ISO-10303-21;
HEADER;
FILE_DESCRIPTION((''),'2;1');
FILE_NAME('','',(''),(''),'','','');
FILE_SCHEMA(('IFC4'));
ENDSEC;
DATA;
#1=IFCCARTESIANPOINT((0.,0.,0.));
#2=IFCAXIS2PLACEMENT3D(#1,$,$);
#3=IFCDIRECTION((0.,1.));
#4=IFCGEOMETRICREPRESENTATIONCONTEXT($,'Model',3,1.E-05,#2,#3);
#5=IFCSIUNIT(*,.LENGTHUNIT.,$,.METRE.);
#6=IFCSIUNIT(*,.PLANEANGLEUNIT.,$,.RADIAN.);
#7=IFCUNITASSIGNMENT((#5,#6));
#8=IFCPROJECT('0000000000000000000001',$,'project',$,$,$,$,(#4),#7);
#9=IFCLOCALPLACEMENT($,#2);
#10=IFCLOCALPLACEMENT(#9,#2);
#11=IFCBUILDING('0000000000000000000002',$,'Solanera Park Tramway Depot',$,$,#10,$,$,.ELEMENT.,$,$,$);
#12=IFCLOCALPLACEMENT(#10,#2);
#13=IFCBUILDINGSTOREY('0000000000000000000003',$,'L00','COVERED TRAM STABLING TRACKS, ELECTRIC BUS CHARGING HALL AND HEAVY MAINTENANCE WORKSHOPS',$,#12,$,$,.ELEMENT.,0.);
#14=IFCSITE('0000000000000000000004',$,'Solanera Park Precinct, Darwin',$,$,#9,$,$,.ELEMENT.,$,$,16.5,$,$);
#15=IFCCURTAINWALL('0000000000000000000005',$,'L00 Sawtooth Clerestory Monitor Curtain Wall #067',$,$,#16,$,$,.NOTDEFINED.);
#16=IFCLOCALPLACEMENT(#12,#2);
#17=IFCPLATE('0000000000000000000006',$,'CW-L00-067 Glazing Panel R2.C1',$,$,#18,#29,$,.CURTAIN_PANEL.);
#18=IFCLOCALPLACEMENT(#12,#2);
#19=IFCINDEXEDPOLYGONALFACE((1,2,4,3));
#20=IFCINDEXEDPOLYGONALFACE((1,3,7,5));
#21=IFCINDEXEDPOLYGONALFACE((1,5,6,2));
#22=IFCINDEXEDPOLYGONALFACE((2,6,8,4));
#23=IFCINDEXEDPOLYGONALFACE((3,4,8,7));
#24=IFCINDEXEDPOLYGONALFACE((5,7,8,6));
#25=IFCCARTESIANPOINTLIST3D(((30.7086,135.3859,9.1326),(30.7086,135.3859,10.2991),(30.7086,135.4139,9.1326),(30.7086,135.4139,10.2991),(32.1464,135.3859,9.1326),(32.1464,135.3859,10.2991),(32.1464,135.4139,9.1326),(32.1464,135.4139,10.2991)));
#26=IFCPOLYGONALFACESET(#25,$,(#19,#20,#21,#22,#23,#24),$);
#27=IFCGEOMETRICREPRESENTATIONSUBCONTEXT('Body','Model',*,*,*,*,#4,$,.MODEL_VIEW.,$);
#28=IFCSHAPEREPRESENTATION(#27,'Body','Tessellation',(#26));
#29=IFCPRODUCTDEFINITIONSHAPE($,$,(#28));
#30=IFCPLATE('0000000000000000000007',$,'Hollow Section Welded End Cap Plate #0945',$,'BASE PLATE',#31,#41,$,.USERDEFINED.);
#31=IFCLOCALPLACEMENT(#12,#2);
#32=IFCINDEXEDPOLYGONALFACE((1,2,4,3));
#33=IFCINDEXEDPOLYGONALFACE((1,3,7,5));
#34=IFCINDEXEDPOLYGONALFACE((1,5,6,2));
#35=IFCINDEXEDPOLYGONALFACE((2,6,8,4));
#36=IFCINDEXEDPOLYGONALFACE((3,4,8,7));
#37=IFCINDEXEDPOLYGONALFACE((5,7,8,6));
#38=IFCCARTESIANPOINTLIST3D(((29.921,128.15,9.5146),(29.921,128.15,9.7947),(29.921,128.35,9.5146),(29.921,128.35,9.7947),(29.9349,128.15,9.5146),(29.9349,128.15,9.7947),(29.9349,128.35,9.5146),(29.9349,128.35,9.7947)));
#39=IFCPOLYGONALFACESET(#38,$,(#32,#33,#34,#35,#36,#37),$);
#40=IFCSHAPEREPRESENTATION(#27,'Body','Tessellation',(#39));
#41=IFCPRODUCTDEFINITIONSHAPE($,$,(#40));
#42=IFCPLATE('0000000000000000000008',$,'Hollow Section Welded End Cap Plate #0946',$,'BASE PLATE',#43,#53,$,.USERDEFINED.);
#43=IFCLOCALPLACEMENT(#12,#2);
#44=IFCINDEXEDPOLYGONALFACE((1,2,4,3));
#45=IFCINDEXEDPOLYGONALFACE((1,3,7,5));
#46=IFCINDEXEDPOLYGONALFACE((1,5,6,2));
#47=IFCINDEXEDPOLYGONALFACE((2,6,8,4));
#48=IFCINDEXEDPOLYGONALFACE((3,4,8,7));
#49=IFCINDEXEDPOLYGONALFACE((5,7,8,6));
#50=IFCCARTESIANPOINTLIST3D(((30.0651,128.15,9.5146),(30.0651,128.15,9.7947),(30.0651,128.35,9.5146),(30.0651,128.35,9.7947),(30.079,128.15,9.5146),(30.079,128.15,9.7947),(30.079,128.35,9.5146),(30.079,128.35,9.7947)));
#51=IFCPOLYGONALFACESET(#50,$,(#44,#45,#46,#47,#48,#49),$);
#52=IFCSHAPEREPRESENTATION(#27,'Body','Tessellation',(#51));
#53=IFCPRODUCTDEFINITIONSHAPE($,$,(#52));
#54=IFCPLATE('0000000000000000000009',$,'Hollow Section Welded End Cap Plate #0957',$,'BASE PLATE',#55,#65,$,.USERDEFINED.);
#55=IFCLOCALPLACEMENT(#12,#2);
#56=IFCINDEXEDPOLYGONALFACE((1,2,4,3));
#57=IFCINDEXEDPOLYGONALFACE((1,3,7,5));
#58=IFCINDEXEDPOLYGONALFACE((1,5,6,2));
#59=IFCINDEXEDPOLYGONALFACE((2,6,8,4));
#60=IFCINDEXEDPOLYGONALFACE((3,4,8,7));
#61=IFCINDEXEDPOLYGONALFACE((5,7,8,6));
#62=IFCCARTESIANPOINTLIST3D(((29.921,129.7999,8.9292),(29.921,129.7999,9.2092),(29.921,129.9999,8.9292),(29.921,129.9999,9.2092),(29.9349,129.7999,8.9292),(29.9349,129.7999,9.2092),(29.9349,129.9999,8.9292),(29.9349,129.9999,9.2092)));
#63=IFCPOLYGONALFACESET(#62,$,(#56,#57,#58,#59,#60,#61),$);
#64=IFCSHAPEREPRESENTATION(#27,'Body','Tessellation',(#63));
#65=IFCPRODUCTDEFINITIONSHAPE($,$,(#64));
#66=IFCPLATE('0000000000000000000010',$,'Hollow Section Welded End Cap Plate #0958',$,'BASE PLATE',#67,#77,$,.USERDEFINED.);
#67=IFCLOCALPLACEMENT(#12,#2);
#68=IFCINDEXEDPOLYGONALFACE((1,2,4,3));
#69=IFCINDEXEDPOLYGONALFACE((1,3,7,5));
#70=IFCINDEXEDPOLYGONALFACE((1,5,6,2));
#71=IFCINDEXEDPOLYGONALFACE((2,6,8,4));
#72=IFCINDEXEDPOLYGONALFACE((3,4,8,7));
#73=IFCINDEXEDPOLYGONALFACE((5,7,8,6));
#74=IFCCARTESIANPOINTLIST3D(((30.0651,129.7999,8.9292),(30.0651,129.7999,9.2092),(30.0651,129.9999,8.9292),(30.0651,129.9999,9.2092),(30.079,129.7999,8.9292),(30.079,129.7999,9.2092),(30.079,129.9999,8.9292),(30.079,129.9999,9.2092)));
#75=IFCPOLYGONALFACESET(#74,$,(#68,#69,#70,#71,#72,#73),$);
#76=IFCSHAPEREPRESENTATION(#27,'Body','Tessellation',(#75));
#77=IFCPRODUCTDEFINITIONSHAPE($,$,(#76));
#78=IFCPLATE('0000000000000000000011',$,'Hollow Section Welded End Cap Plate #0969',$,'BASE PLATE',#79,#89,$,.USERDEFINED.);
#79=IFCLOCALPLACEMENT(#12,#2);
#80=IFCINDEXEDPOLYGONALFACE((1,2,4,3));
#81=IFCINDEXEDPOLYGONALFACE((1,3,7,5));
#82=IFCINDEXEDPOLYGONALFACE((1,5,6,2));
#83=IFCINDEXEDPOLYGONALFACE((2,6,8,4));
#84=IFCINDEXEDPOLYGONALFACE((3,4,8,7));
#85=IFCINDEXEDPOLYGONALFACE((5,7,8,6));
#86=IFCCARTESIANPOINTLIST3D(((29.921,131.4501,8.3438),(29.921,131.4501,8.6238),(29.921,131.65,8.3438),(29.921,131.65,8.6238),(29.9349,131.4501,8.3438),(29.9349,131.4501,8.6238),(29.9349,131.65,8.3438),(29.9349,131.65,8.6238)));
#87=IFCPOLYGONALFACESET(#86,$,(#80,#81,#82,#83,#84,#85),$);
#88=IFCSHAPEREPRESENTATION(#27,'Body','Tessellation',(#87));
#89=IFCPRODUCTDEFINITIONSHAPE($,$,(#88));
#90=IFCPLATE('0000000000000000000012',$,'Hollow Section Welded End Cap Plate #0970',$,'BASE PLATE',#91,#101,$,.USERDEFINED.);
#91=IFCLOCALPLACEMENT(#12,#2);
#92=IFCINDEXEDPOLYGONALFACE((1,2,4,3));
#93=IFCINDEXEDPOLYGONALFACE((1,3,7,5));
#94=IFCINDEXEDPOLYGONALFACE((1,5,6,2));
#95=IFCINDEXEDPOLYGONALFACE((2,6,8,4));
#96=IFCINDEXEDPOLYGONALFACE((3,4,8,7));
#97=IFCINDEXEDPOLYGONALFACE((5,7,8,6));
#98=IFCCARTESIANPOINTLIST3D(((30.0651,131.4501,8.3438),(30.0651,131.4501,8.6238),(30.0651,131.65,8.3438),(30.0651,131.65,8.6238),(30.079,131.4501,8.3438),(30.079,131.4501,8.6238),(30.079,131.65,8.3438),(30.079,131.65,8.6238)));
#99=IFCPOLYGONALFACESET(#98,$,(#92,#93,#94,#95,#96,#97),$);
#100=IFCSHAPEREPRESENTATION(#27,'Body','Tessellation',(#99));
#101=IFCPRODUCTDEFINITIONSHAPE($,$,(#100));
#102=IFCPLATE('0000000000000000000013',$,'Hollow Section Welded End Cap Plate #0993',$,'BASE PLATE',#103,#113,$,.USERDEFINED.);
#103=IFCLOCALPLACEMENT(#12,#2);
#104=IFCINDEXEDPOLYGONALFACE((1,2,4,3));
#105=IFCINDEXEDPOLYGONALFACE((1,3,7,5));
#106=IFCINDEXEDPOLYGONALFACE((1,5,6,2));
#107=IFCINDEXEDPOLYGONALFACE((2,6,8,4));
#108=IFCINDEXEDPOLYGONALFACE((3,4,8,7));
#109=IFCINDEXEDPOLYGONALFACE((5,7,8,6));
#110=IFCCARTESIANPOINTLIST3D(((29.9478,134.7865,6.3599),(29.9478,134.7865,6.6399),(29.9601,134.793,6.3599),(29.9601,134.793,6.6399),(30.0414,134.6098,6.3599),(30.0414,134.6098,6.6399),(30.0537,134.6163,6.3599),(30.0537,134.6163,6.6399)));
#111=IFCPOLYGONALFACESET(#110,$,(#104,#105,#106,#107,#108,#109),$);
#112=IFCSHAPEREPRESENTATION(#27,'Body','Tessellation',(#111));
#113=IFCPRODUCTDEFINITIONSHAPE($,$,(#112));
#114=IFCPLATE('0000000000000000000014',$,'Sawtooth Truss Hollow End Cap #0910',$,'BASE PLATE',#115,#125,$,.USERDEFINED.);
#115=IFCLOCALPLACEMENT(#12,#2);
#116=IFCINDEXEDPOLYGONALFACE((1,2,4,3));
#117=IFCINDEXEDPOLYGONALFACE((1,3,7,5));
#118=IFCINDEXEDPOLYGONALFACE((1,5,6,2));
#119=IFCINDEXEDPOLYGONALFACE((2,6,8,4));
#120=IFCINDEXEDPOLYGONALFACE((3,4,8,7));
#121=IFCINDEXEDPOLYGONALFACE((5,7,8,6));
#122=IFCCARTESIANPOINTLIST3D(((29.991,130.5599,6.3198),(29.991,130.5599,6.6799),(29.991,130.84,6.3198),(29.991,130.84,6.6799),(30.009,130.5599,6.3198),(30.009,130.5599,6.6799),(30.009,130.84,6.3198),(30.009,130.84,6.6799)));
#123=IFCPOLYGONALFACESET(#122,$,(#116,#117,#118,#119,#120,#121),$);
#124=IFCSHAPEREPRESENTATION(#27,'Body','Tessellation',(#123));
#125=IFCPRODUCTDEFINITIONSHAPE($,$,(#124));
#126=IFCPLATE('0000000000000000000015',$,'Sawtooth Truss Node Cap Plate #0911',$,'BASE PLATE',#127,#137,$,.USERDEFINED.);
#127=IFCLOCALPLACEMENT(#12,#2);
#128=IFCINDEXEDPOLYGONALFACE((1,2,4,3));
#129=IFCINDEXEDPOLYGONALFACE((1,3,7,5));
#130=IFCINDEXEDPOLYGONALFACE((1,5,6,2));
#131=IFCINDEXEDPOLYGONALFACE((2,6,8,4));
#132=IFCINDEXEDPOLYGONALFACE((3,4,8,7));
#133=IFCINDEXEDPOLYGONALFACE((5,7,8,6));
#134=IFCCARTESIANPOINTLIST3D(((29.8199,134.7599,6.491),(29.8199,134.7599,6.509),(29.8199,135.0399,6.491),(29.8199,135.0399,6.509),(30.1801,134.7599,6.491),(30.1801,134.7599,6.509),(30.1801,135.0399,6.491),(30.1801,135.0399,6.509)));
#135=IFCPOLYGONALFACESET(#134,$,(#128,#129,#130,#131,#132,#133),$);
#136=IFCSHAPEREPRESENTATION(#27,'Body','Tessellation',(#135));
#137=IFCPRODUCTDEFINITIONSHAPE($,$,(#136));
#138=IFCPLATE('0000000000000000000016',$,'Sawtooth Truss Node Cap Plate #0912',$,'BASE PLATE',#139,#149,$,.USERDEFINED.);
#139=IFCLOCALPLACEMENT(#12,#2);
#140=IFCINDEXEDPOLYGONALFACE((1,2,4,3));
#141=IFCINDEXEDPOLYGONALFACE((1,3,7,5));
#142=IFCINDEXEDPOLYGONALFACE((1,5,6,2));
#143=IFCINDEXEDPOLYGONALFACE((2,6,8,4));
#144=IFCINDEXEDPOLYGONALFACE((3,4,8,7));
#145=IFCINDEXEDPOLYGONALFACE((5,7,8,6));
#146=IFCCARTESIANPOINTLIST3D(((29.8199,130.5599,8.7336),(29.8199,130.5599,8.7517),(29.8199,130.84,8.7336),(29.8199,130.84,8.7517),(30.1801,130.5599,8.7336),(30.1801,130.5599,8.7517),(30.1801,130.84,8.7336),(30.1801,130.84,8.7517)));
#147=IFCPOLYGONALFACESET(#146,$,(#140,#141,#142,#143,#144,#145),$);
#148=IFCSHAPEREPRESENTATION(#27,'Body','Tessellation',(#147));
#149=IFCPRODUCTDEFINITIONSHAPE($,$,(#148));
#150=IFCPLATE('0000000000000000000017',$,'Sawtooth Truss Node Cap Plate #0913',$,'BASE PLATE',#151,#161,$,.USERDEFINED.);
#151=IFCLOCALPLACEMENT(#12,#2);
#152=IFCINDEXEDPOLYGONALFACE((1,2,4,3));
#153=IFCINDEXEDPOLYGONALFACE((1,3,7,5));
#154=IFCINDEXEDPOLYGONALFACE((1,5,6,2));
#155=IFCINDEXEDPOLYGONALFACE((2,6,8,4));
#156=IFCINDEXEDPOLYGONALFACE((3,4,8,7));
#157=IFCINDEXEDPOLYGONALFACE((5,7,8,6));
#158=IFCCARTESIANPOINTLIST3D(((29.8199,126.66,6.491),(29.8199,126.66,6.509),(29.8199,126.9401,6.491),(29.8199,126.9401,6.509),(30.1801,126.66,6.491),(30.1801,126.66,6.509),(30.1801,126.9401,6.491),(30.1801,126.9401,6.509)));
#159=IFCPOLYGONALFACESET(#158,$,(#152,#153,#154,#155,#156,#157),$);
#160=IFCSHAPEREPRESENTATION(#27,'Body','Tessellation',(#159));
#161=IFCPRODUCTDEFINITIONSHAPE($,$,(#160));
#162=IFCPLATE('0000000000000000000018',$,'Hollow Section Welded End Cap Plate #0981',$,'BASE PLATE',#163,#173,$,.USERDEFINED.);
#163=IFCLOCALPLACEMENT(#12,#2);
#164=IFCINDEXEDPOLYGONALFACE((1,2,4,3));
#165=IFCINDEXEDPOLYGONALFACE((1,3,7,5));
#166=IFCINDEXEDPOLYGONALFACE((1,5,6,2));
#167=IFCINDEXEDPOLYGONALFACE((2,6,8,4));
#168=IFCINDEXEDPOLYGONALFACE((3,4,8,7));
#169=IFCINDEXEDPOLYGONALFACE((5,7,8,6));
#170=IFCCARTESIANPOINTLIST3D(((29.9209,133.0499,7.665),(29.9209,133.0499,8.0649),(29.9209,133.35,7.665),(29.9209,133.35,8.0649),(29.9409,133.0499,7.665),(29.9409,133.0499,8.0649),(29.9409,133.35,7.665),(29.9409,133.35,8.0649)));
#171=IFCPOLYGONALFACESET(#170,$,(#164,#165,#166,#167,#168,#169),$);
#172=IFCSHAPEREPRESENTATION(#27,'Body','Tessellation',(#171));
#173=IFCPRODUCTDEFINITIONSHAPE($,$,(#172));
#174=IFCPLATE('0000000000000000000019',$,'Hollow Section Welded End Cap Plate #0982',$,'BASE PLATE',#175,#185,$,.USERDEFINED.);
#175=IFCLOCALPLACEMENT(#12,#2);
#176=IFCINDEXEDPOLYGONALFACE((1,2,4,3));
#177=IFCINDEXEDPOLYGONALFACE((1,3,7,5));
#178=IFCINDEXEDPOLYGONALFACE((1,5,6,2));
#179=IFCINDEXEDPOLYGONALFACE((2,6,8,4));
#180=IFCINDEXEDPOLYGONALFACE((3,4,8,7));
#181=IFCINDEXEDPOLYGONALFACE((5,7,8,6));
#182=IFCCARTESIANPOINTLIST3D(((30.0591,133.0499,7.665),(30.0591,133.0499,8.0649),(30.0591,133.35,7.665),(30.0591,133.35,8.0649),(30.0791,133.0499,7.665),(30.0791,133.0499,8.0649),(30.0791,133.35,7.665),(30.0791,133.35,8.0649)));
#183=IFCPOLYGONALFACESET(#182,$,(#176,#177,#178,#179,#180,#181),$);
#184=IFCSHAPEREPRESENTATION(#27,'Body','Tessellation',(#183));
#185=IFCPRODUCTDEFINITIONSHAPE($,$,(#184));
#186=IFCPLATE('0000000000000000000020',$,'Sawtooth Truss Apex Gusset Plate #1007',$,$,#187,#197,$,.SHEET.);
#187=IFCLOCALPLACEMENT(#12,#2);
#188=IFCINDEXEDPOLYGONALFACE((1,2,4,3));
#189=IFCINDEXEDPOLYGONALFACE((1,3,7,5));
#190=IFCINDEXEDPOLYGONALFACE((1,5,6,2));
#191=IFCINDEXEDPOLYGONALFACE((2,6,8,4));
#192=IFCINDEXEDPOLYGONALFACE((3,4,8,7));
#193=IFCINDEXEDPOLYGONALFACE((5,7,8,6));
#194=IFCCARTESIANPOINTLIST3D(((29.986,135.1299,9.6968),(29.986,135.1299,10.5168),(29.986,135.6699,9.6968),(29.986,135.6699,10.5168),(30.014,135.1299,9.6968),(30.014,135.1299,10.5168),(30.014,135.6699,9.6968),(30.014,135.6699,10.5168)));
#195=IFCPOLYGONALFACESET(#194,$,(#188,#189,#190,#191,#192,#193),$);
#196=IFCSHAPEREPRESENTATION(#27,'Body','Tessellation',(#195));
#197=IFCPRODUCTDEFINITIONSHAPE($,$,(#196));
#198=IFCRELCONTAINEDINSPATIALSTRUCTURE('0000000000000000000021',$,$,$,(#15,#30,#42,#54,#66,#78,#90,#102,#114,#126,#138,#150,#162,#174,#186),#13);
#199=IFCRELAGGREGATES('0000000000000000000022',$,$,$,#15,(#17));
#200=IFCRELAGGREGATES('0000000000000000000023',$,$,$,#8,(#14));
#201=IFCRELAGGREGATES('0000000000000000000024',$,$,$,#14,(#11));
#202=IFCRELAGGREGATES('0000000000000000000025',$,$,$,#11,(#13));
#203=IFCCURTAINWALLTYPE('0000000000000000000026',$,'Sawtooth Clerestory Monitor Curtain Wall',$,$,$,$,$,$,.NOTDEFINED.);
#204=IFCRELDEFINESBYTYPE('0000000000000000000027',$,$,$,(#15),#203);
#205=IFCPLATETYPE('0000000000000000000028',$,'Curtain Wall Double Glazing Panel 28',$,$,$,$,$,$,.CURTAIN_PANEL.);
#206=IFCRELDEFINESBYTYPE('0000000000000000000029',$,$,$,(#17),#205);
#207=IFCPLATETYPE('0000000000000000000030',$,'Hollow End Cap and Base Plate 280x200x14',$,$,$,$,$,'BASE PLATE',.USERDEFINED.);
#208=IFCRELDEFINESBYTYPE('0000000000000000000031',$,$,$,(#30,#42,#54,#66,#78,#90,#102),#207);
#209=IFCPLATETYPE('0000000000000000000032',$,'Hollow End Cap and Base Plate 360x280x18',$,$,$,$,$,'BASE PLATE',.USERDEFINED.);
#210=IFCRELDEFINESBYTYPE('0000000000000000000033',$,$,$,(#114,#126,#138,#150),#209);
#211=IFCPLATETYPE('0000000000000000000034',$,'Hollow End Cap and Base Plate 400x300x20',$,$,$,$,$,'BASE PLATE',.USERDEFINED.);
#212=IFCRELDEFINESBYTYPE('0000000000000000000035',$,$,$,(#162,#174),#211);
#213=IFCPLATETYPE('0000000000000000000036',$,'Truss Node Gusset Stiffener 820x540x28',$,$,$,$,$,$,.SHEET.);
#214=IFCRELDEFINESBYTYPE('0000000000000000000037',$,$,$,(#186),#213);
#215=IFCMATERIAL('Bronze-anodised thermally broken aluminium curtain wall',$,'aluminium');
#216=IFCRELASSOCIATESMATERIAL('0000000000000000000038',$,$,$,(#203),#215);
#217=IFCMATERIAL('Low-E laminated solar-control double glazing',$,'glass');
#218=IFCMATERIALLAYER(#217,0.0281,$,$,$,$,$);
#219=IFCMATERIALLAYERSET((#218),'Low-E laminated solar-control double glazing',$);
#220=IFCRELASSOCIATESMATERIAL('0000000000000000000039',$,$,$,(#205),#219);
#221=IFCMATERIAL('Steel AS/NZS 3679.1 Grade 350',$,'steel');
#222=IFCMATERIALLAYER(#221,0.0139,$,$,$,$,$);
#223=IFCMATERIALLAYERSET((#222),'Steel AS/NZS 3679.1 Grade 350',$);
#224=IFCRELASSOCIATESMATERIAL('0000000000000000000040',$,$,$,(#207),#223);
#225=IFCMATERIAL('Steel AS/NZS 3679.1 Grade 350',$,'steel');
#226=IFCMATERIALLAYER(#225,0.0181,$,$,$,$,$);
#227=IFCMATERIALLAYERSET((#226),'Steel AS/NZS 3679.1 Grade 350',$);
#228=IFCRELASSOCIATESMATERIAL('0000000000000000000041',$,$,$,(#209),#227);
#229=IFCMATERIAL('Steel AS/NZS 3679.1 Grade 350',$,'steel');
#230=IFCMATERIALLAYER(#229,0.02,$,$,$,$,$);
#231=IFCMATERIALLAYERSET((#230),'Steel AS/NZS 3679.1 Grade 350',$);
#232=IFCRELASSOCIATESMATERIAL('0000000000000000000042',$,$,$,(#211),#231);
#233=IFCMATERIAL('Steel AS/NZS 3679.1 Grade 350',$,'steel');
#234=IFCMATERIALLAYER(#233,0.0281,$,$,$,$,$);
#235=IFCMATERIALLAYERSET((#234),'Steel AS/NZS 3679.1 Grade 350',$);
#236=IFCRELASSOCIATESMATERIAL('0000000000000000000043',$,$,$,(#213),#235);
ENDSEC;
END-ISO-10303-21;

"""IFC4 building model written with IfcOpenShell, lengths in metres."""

from ifc_helpers import new_model, si_unit, direction, frame, origin, origin_2d, place, context, subcontext, project, spatial, rectangle, extrude, material, layer, layer_set, type_object, element, aggregate, save


model = new_model("IFC4")

# Units and contexts
model_context = context("Model", 3, precision=1e-05, world=origin(), true_north=direction((0.0, 1.0)))
body_context = subcontext(model_context, "Body", "Model", "MODEL_VIEW")
ifc_project = project(units=[si_unit("LENGTHUNIT", "METRE"), si_unit("PLANEANGLEUNIT", "RADIAN")], contexts=[model_context])

# Site, building, storey
site_placement = place(None, origin())
site = spatial("IfcSite", under=ifc_project, at=site_placement, Name="Solanera Park Precinct, Darwin", CompositionType="ELEMENT", RefElevation=16.5)
building_placement = place(site_placement, origin())
building = spatial("IfcBuilding", under=site, at=building_placement, Name="Solanera Park Tramway Depot", CompositionType="ELEMENT")
storey_placement = place(building_placement, origin())
storey = spatial("IfcBuildingStorey", under=building, at=storey_placement, Name="L00", Description="COVERED TRAM STABLING TRACKS, ELECTRIC BUS CHARGING HALL AND HEAVY MAINTENANCE WORKSHOPS", CompositionType="ELEMENT", Elevation=0.0)

# Curtain wall
ifc_material_1 = material(Name="Bronze-anodised thermally broken aluminium curtain wall", Category="aluminium")
curtain_wall_type = type_object("IfcCurtainWallType", Name="Sawtooth Clerestory Monitor Curtain Wall", PredefinedType="NOTDEFINED", material=ifc_material_1)
curtain_wall_placement = place(storey_placement, origin())
curtain_wall = element("IfcCurtainWall", 1, at=curtain_wall_placement, inside=storey, type_object=curtain_wall_type, Name="L00 Sawtooth Clerestory Monitor Curtain Wall #067", PredefinedType="NOTDEFINED")

# Plate
ifc_material_2 = material(Name="Low-E laminated solar-control double glazing", Category="glass")
ifc_layer_1 = layer(ifc_material_2, 0.0281)
ifc_layer_set_1 = layer_set([ifc_layer_1], Name="Low-E laminated solar-control double glazing")
plate_type_1 = type_object("IfcPlateType", Name="Curtain Wall Double Glazing Panel 28", PredefinedType="CURTAIN_PANEL", material=ifc_layer_set_1)
plate_1_placement = place(storey_placement, frame((31.4275, 135.3999, 9.1326), z_axis=(0.0, 0.0, 1.0), x_axis=(1.0, 0.0, 0.0)))
plate_1 = element("IfcPlate", 2, at=plate_1_placement, type_object=plate_type_1, Name="CW-L00-067 Glazing Panel R2.C1", PredefinedType="CURTAIN_PANEL", context=body_context, shape_type="SweptSolid", body=[
    extrude(rectangle(XDim=1.4377, YDim=0.0281, at=origin_2d()), origin(), (0.0, 0.0, 1.0), 1.1665),
])
aggregate(curtain_wall, [plate_1])

# Plates
ifc_material_3 = material(Name="Steel AS/NZS 3679.1 Grade 350", Category="steel")
ifc_layer_2 = layer(ifc_material_3, 0.0139)
ifc_layer_set_2 = layer_set([ifc_layer_2], Name="Steel AS/NZS 3679.1 Grade 350")
plate_type_2 = type_object("IfcPlateType", Name="Hollow End Cap and Base Plate 280x200x14", ElementType="BASE PLATE", PredefinedType="USERDEFINED", material=ifc_layer_set_2)
for number, where, z_axis, x_axis, name in (
    (3, (29.928, 128.25, 9.5146), (0.0, 0.0, 1.0), (1.0, 0.0, 0.0), "Hollow Section Welded End Cap Plate #0945"),
    (4, (30.072, 128.25, 9.5146), (0.0, 0.0, 1.0), (1.0, 0.0, 0.0), "Hollow Section Welded End Cap Plate #0946"),
    (5, (29.928, 129.8999, 8.9292), (0.0, 0.0, 1.0), (1.0, 0.0, 0.0), "Hollow Section Welded End Cap Plate #0957"),
    (6, (30.072, 129.8999, 8.9292), (0.0, 0.0, 1.0), (1.0, 0.0, 0.0), "Hollow Section Welded End Cap Plate #0958"),
    (7, (29.928, 131.55, 8.3438), (0.0, 0.0, 1.0), (1.0, 0.0, 0.0), "Hollow Section Welded End Cap Plate #0969"),
    (8, (30.072, 131.55, 8.3438), (0.0, 0.0, 1.0), (1.0, 0.0, 0.0), "Hollow Section Welded End Cap Plate #0970"),
    (9, (30.0007, 134.7014, 6.3599), (0.0, 0.0, 1.0), (0.883521, 0.468392, 0.0), "Hollow Section Welded End Cap Plate #0993"),
):
    element("IfcPlate", number, at=place(storey_placement, frame(where, z_axis=z_axis, x_axis=x_axis)), inside=storey, type_object=plate_type_2, Name=name, ObjectType="BASE PLATE", PredefinedType="USERDEFINED", context=body_context, shape_type="SweptSolid", body=[
        extrude(rectangle(XDim=0.0139, YDim=0.2, at=origin_2d()), origin(), (0.0, 0.0, 1.0), 0.28),
    ])
ifc_material_4 = material(Name="Steel AS/NZS 3679.1 Grade 350", Category="steel")
ifc_layer_3 = layer(ifc_material_4, 0.0181)
ifc_layer_set_3 = layer_set([ifc_layer_3], Name="Steel AS/NZS 3679.1 Grade 350")
plate_type_3 = type_object("IfcPlateType", Name="Hollow End Cap and Base Plate 360x280x18", ElementType="BASE PLATE", PredefinedType="USERDEFINED", material=ifc_layer_set_3)
plate_2_placement = place(storey_placement, frame((30.0, 130.7, 6.3198), z_axis=(0.0, 0.0, 1.0), x_axis=(1.0, 0.0, 0.0)))
element("IfcPlate", 10, at=plate_2_placement, inside=storey, type_object=plate_type_3, Name="Sawtooth Truss Hollow End Cap #0910", ObjectType="BASE PLATE", PredefinedType="USERDEFINED", context=body_context, shape_type="SweptSolid", body=[
    extrude(rectangle(XDim=0.0181, YDim=0.28, at=origin_2d()), origin(), (0.0, 0.0, 1.0), 0.3601),
])
for number, where, z_axis, x_axis, name in (
    (11, (30.0, 134.8999, 6.491), (0.0, 0.0, 1.0), (1.0, 0.0, 0.0), "Sawtooth Truss Node Cap Plate #0911"),
    (12, (30.0, 130.7, 8.7336), (0.0, 0.0, 1.0), (1.0, 0.0, 0.0), "Sawtooth Truss Node Cap Plate #0912"),
    (13, (30.0, 126.8, 6.491), (0.0, 0.0, 1.0), (1.0, 0.0, 0.0), "Sawtooth Truss Node Cap Plate #0913"),
):
    element("IfcPlate", number, at=place(storey_placement, frame(where, z_axis=z_axis, x_axis=x_axis)), inside=storey, type_object=plate_type_3, Name=name, ObjectType="BASE PLATE", PredefinedType="USERDEFINED", context=body_context, shape_type="SweptSolid", body=[
        extrude(rectangle(XDim=0.3601, YDim=0.28, at=origin_2d()), origin(), (0.0, 0.0, 1.0), 0.0181),
    ])
ifc_material_5 = material(Name="Steel AS/NZS 3679.1 Grade 350", Category="steel")
ifc_layer_4 = layer(ifc_material_5, 0.02)
ifc_layer_set_4 = layer_set([ifc_layer_4], Name="Steel AS/NZS 3679.1 Grade 350")
plate_type_4 = type_object("IfcPlateType", Name="Hollow End Cap and Base Plate 400x300x20", ElementType="BASE PLATE", PredefinedType="USERDEFINED", material=ifc_layer_set_4)
for number, where, z_axis, x_axis, name in (
    (14, (29.9309, 133.2, 7.665), (0.0, 0.0, 1.0), (1.0, 0.0, 0.0), "Hollow Section Welded End Cap Plate #0981"),
    (15, (30.0691, 133.2, 7.665), (0.0, 0.0, 1.0), (1.0, 0.0, 0.0), "Hollow Section Welded End Cap Plate #0982"),
):
    element("IfcPlate", number, at=place(storey_placement, frame(where, z_axis=z_axis, x_axis=x_axis)), inside=storey, type_object=plate_type_4, Name=name, ObjectType="BASE PLATE", PredefinedType="USERDEFINED", context=body_context, shape_type="SweptSolid", body=[
        extrude(rectangle(XDim=0.02, YDim=0.3, at=origin_2d()), origin(), (0.0, 0.0, 1.0), 0.3999),
    ])
ifc_material_6 = material(Name="Steel AS/NZS 3679.1 Grade 350", Category="steel")
ifc_layer_5 = layer(ifc_material_6, 0.0281)
ifc_layer_set_5 = layer_set([ifc_layer_5], Name="Steel AS/NZS 3679.1 Grade 350")
plate_type_5 = type_object("IfcPlateType", Name="Truss Node Gusset Stiffener 820x540x28", PredefinedType="SHEET", material=ifc_layer_set_5)
plate_3_placement = place(storey_placement, frame((30.0, 135.3999, 9.6968), z_axis=(0.0, 0.0, 1.0), x_axis=(1.0, 0.0, 0.0)))
element("IfcPlate", 16, at=plate_3_placement, inside=storey, type_object=plate_type_5, Name="Sawtooth Truss Apex Gusset Plate #1007", PredefinedType="SHEET", context=body_context, shape_type="SweptSolid", body=[
    extrude(rectangle(XDim=0.0281, YDim=0.54, at=origin_2d()), origin(), (0.0, 0.0, 1.0), 0.8201),
])

save(model, "model.ifc")
